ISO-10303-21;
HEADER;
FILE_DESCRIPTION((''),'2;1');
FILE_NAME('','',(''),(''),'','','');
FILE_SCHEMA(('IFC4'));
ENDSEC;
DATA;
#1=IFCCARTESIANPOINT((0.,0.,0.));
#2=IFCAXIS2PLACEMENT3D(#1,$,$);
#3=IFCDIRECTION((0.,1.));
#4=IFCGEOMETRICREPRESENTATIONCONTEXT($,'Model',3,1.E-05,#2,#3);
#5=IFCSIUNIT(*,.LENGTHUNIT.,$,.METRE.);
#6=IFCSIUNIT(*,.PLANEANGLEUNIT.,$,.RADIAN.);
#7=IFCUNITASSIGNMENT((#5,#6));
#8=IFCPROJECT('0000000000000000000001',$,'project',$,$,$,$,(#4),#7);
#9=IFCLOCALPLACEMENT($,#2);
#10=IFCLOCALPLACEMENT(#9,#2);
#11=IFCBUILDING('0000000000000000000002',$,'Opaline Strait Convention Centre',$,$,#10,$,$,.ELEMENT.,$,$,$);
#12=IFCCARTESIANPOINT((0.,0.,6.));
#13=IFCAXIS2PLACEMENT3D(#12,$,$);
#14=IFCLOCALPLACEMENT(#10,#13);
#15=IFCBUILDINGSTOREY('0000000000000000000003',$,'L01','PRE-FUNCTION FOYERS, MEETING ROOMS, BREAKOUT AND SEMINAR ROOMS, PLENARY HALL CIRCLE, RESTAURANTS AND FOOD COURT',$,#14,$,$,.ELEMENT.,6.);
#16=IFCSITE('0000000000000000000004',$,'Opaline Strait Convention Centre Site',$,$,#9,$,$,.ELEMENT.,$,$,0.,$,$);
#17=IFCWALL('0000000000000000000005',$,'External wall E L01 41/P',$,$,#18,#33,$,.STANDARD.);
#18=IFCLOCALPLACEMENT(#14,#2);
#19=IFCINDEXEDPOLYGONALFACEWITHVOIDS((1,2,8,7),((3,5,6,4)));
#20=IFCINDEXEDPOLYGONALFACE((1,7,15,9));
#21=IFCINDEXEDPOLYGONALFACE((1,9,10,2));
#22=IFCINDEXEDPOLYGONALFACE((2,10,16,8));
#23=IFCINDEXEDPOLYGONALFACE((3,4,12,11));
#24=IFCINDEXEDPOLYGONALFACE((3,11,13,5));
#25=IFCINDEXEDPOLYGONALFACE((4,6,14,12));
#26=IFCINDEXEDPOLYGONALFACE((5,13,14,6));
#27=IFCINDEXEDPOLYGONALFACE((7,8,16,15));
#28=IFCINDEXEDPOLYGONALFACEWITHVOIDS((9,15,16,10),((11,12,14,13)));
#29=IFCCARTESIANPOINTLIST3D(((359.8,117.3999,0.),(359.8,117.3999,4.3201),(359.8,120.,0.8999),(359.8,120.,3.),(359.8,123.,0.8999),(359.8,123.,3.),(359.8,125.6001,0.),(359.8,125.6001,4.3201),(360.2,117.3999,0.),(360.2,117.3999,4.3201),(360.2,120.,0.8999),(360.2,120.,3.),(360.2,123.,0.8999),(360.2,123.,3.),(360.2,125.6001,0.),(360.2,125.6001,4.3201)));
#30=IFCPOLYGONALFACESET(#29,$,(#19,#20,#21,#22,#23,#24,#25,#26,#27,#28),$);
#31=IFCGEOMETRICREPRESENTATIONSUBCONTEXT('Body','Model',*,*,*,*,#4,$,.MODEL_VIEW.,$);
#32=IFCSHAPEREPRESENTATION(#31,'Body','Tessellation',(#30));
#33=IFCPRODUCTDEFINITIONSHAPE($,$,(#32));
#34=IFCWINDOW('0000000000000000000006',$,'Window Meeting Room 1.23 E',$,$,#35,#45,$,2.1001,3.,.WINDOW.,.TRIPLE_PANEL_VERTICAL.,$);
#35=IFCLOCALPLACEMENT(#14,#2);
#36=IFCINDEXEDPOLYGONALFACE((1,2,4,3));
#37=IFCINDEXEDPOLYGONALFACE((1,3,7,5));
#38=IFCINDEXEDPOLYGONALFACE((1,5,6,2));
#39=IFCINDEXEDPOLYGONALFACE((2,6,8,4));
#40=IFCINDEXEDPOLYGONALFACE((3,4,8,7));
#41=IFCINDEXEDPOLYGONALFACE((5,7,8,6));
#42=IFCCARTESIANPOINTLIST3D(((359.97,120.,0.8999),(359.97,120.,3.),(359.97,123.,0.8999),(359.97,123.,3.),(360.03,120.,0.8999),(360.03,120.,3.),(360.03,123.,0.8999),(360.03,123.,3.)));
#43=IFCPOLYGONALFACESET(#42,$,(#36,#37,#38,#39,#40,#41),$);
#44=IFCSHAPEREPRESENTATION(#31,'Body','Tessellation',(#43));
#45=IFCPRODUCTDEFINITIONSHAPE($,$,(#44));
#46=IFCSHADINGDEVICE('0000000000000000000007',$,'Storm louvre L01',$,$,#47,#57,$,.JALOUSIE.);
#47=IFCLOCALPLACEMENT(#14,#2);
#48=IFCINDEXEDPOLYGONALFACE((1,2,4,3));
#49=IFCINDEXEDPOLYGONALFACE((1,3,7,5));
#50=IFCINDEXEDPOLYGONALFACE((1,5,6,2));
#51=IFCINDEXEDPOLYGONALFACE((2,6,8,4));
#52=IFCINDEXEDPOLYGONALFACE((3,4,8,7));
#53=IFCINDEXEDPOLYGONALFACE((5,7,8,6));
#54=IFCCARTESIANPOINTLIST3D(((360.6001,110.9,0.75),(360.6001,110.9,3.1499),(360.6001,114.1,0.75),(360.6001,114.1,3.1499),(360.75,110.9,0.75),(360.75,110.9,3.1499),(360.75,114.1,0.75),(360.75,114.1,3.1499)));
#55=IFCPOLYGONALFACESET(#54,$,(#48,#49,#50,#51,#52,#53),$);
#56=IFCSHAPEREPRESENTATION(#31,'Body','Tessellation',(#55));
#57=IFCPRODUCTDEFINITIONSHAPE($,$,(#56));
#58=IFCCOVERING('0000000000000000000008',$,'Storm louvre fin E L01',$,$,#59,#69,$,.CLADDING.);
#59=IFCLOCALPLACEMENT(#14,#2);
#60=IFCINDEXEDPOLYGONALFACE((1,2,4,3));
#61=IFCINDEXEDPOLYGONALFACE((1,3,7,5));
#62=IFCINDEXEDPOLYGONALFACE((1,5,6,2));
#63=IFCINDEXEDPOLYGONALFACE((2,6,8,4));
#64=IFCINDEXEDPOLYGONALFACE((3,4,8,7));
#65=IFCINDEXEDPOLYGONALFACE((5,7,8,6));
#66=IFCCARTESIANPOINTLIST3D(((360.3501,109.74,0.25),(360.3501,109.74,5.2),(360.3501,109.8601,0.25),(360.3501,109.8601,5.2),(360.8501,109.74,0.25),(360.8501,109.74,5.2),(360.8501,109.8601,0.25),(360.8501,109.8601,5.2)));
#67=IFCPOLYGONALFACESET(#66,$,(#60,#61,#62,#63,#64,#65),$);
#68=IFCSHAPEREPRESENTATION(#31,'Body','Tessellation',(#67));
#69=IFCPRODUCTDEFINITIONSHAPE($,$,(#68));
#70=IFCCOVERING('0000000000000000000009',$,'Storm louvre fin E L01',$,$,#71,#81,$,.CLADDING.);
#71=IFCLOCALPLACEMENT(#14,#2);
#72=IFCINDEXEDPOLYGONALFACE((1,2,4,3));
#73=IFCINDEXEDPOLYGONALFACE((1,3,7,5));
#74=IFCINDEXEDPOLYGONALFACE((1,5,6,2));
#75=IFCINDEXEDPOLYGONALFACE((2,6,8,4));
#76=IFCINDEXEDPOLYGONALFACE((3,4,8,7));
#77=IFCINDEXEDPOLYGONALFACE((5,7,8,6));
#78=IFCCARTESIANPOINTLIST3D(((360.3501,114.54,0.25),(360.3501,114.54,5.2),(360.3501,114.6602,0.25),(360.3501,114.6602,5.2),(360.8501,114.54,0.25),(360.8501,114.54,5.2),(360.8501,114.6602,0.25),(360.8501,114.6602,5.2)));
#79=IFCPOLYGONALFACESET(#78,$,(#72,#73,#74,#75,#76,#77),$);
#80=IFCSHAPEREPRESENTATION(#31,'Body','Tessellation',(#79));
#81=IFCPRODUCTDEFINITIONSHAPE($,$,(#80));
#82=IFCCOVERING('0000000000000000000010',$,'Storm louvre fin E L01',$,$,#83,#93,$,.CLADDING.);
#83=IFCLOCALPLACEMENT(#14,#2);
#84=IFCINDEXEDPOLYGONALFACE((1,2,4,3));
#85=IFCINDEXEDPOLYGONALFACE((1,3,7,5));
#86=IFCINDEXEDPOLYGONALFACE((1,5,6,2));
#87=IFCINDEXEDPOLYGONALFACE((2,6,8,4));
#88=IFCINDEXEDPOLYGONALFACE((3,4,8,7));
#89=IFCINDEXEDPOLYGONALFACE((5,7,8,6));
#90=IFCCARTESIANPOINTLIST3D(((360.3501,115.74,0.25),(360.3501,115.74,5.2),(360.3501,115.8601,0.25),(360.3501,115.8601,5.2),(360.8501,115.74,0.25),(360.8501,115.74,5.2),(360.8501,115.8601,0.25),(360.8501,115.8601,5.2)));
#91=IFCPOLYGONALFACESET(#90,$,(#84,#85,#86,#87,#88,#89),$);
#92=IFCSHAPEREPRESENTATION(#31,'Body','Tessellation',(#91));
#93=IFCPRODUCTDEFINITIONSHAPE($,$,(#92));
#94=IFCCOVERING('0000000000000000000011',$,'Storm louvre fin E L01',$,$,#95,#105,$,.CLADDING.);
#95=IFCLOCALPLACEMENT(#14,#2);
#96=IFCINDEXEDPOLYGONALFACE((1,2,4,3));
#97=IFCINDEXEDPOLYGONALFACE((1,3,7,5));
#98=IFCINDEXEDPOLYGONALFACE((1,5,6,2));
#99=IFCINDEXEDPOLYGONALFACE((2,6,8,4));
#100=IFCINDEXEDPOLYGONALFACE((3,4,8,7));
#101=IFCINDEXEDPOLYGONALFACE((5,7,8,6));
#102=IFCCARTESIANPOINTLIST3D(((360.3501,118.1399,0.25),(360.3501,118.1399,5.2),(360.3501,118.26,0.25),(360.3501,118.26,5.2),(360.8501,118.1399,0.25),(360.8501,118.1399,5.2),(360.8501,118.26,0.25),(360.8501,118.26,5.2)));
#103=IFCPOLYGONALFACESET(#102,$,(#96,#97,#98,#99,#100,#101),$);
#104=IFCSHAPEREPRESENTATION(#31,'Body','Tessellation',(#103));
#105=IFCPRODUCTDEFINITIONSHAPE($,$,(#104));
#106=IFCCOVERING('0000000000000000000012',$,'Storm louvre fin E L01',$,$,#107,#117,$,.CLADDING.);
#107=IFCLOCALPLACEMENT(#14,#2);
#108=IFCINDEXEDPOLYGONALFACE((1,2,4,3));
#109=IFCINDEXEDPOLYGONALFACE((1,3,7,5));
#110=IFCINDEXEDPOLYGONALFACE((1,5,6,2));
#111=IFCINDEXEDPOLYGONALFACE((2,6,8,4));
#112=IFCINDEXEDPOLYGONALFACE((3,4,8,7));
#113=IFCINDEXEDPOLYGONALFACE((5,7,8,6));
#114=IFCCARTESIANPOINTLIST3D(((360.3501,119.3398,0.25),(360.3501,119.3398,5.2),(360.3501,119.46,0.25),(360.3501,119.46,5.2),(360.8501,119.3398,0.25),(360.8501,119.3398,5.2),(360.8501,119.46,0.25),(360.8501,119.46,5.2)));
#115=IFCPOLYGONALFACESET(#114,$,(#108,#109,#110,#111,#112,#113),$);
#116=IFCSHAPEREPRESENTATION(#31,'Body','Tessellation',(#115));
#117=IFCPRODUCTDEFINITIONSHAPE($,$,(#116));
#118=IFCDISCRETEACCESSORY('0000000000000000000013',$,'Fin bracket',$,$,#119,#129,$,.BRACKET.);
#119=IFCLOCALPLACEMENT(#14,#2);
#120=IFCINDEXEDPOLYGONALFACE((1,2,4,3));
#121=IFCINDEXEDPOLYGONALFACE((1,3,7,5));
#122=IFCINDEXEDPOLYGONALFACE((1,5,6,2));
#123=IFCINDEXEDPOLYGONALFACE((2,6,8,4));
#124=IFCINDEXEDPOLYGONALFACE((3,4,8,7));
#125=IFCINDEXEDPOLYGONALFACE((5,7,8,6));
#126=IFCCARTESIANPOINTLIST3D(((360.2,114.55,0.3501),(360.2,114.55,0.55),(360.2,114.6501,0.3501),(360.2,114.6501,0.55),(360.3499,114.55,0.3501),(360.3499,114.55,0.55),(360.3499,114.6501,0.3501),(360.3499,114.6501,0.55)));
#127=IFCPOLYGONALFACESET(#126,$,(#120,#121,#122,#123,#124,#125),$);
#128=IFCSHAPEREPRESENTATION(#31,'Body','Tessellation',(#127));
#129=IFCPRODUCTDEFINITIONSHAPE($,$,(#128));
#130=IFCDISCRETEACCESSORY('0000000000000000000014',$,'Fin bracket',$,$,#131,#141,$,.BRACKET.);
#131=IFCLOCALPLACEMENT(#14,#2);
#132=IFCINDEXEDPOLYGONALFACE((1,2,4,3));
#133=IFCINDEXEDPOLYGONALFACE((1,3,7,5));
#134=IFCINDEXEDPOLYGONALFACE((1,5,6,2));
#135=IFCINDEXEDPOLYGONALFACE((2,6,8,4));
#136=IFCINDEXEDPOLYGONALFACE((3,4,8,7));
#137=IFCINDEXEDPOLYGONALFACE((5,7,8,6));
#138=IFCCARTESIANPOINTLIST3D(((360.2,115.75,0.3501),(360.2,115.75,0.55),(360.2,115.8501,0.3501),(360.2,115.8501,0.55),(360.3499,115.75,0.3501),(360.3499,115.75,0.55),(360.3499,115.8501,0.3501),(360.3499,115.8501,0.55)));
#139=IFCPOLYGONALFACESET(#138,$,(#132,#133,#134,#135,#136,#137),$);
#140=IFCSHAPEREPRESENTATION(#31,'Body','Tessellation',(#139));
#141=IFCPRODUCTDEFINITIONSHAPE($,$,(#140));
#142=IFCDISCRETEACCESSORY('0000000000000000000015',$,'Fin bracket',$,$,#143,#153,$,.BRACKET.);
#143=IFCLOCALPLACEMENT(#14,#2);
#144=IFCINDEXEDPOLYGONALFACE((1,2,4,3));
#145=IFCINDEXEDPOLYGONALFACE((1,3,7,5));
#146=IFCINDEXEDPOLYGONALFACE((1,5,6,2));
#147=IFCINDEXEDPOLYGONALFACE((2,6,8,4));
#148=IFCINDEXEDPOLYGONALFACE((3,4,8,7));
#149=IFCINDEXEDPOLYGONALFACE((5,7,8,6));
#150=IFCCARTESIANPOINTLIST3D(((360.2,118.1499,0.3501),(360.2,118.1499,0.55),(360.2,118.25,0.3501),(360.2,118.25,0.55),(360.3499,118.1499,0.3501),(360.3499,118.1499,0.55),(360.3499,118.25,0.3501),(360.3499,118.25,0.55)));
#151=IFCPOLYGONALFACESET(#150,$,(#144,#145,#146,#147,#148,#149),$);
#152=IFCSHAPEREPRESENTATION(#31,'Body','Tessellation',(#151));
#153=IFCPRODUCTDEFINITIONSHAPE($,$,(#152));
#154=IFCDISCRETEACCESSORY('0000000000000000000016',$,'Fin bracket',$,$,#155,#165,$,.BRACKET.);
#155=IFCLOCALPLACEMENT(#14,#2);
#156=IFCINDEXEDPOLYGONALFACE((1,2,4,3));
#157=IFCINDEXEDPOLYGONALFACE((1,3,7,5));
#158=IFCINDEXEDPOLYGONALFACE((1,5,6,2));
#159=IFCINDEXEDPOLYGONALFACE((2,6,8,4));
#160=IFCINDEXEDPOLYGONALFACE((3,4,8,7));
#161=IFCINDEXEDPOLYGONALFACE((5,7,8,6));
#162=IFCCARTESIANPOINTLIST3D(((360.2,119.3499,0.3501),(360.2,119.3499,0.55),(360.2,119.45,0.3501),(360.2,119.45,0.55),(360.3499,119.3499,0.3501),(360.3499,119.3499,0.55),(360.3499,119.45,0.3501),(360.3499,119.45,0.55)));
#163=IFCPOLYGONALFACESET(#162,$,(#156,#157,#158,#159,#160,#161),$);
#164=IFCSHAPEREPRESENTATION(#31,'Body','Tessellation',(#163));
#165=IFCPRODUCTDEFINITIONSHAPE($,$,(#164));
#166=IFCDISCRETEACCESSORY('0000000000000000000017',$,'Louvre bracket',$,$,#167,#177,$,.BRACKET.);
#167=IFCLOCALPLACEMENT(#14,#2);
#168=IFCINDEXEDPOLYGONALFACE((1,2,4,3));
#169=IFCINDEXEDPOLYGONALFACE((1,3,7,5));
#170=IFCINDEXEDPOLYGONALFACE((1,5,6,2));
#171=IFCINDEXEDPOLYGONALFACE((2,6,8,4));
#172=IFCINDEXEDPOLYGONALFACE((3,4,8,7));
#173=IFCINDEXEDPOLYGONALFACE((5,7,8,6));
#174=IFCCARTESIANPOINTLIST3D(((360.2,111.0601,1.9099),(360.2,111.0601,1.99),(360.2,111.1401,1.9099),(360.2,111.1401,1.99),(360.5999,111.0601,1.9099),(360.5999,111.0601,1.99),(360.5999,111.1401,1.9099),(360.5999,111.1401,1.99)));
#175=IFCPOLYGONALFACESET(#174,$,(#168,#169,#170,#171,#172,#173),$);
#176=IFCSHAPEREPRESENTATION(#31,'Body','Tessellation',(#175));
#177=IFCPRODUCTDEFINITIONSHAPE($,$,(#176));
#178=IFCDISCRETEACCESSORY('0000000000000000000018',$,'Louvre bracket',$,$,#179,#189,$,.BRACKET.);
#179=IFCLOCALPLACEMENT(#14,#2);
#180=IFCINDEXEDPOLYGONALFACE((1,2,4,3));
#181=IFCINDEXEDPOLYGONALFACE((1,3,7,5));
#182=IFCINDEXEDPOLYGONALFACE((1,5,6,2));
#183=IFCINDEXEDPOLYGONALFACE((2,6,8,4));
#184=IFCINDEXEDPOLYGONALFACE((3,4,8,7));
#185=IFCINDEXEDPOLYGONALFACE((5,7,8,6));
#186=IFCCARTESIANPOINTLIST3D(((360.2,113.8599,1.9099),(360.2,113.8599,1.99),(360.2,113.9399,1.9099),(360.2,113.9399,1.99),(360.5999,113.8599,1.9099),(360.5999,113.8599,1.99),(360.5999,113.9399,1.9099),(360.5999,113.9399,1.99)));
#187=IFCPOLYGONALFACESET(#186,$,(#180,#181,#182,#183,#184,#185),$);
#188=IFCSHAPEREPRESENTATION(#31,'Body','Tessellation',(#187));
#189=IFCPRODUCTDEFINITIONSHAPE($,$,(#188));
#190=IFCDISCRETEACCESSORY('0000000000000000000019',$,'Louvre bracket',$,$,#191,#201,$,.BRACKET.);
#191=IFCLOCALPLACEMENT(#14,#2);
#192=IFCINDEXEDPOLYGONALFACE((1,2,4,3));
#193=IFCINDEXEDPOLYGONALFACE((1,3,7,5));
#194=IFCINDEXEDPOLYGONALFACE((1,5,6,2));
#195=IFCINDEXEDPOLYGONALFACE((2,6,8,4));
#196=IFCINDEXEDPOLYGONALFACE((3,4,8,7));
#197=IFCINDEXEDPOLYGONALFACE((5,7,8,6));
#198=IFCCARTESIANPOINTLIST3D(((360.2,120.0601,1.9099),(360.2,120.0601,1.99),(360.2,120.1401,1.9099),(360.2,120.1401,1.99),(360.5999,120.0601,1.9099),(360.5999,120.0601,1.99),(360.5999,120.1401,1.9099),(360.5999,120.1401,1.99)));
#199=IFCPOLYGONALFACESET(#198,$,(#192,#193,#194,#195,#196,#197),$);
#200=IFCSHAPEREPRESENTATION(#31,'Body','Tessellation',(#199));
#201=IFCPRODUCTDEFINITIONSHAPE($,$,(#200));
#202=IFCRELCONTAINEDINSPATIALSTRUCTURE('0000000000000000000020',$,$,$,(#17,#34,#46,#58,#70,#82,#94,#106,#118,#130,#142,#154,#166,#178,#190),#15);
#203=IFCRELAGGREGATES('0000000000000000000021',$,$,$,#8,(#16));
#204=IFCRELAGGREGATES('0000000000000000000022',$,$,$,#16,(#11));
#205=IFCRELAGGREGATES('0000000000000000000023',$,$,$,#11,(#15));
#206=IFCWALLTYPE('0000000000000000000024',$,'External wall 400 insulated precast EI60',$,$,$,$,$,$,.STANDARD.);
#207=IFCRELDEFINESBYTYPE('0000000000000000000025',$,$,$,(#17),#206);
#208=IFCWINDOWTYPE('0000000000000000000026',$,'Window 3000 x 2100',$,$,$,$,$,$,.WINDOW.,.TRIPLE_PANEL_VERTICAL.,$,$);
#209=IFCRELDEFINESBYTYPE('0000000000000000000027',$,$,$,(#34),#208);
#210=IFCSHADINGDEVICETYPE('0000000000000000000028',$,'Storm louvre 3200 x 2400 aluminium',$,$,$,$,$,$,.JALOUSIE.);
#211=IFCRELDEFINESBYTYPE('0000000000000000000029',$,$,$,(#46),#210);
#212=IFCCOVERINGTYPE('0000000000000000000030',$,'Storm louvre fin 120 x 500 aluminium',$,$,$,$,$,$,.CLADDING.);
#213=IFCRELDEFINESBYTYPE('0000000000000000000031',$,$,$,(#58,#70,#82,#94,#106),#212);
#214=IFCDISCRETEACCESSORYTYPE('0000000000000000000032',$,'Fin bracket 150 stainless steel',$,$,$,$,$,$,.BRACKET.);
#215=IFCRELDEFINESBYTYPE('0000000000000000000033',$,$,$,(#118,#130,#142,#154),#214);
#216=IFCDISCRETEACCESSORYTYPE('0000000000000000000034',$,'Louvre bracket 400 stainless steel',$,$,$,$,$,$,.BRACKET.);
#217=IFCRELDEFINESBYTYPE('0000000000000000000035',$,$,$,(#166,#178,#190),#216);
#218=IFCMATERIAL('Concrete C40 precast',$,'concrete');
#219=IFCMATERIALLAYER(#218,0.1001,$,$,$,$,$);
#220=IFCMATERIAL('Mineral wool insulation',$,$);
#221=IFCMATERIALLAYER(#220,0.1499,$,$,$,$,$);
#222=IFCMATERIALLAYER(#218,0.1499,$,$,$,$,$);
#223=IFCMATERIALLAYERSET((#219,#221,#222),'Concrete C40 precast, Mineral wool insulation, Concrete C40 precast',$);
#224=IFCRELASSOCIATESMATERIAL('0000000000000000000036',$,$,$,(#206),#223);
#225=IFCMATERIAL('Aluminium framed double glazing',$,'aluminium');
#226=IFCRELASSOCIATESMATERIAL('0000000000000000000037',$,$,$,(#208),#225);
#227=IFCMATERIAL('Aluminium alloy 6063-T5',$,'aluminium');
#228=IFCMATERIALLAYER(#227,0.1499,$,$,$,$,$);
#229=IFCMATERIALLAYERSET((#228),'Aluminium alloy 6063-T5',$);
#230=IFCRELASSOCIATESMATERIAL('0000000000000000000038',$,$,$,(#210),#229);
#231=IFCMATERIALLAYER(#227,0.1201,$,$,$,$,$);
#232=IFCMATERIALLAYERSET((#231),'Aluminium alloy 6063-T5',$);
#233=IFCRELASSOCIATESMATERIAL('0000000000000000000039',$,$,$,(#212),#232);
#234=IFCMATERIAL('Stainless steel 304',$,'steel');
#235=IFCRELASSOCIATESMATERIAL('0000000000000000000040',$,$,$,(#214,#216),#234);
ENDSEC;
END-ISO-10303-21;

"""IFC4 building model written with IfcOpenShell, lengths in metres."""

from ifc_helpers import new_model, si_unit, direction, frame, frame_2d, origin, origin_2d, place, context, subcontext, project, spatial, rectangle, extrude, material, layer, layer_set, type_object, element, fill, save


model = new_model("IFC4")

# Units and contexts
model_context = context("Model", 3, precision=1e-05, world=origin(), true_north=direction((0.0, 1.0)))
body_context = subcontext(model_context, "Body", "Model", "MODEL_VIEW")
ifc_project = project(units=[si_unit("LENGTHUNIT", "METRE"), si_unit("PLANEANGLEUNIT", "RADIAN")], contexts=[model_context])

# Site, building, storey
site_placement = place(None, origin())
site = spatial("IfcSite", under=ifc_project, at=site_placement, Name="Opaline Strait Convention Centre Site", CompositionType="ELEMENT", RefElevation=0.0)
building_placement = place(site_placement, origin())
building = spatial("IfcBuilding", under=site, at=building_placement, Name="Opaline Strait Convention Centre", CompositionType="ELEMENT")
storey_placement = place(building_placement, frame((0.0, 0.0, 6.0)))
storey = spatial("IfcBuildingStorey", under=building, at=storey_placement, Name="L01", Description="PRE-FUNCTION FOYERS, MEETING ROOMS, BREAKOUT AND SEMINAR ROOMS, PLENARY HALL CIRCLE, RESTAURANTS AND FOOD COURT", CompositionType="ELEMENT", Elevation=6.0)

# Wall, opening, window
ifc_material_1 = material(Name="Concrete C40 precast", Category="concrete")
ifc_layer_1 = layer(ifc_material_1, 0.1001)
ifc_material_2 = material(Name="Mineral wool insulation")
ifc_layer_2 = layer(ifc_material_2, 0.1499)
ifc_layer_3 = layer(ifc_material_1, 0.1499)
ifc_layer_set_1 = layer_set([ifc_layer_1, ifc_layer_2, ifc_layer_3], Name="Concrete C40 precast, Mineral wool insulation, Concrete C40 precast")
wall_type_1 = type_object("IfcWallType", Name="External wall 400 insulated precast EI60", PredefinedType="STANDARD", material=ifc_layer_set_1)
wall_1_placement = place(storey_placement, frame((360.0, 117.3999, 0.0), z_axis=(0.0, 0.0, 1.0), x_axis=(0.0, 1.0, 0.0)))
wall_1 = element("IfcWall", 1, at=wall_1_placement, inside=storey, type_object=wall_type_1, Name="External wall E L01 41/P", PredefinedType="STANDARD", context=body_context, shape_type="SweptSolid", body=[
    extrude(rectangle(XDim=8.2002, YDim=0.3999, at=frame_2d((4.1001, 0.0))), origin(), (0.0, 0.0, 1.0), 4.3201),
])
opening_1_placement = place(wall_1_placement, frame((2.6001, 0.0, 0.8999)))
opening_1 = element("IfcOpeningElement", 2, at=opening_1_placement, cuts=wall_1, PredefinedType="OPENING", context=body_context, shape_type="SweptSolid", body=[
    extrude(rectangle(XDim=3.0, YDim=2.1001, at=frame_2d((1.5, 1.05))), frame((0.0, 0.21, 0.0), z_axis=(0.0, -1.0, 0.0), x_axis=(1.0, 0.0, 0.0)), (0.0, 0.0, 1.0), 0.4199),
])
ifc_material_3 = material(Name="Aluminium framed double glazing", Category="aluminium")
window_type = type_object("IfcWindowType", Name="Window 3000 x 2100", PartitioningType="TRIPLE_PANEL_VERTICAL", PredefinedType="WINDOW", material=ifc_material_3)
window_placement = place(opening_1_placement, origin())
window = element("IfcWindow", 3, at=window_placement, inside=storey, type_object=window_type, Name="Window Meeting Room 1.23 E", OverallHeight=2.1001, OverallWidth=3.0, PartitioningType="TRIPLE_PANEL_VERTICAL", PredefinedType="WINDOW", context=body_context, shape_type="SweptSolid", body=[
    extrude(rectangle(XDim=3.0, YDim=2.1001, at=frame_2d((1.5, 1.05))), frame((0.0, 0.03, 0.0), z_axis=(0.0, -1.0, 0.0), x_axis=(1.0, 0.0, 0.0)), (0.0, 0.0, 1.0), 0.0601),
])
fill(opening_1, window)

# Shading device
ifc_material_4 = material(Name="Aluminium alloy 6063-T5", Category="aluminium")
ifc_layer_4 = layer(ifc_material_4, 0.1499)
ifc_layer_set_2 = layer_set([ifc_layer_4], Name="Aluminium alloy 6063-T5")
shading_device_type = type_object("IfcShadingDeviceType", Name="Storm louvre 3200 x 2400 aluminium", PredefinedType="JALOUSIE", material=ifc_layer_set_2)
shading_device_placement = place(storey_placement, frame((360.675, 112.5, 0.75), z_axis=(0.0, 0.0, 1.0), x_axis=(1.0, 0.0, 0.0)))
element("IfcShadingDevice", 4, at=shading_device_placement, inside=storey, type_object=shading_device_type, Name="Storm louvre L01", PredefinedType="JALOUSIE", context=body_context, shape_type="SweptSolid", body=[
    extrude(rectangle(XDim=0.1499, YDim=3.2, at=origin_2d()), origin(), (0.0, 0.0, 1.0), 2.3999),
])

# Coverings
ifc_layer_5 = layer(ifc_material_4, 0.1201)
ifc_layer_set_3 = layer_set([ifc_layer_5], Name="Aluminium alloy 6063-T5")
covering_type = type_object("IfcCoveringType", Name="Storm louvre fin 120 x 500 aluminium", PredefinedType="CLADDING", material=ifc_layer_set_3)
for number, where, z_axis, x_axis, name in (
    (5, (360.6001, 109.8, 0.25), (0.0, 0.0, 1.0), (1.0, 0.0, 0.0), "Storm louvre fin E L01"),
    (6, (360.6001, 114.6001, 0.25), (0.0, 0.0, 1.0), (1.0, 0.0, 0.0), "Storm louvre fin E L01"),
    (7, (360.6001, 115.8, 0.25), (0.0, 0.0, 1.0), (1.0, 0.0, 0.0), "Storm louvre fin E L01"),
    (8, (360.6001, 118.2, 0.25), (0.0, 0.0, 1.0), (1.0, 0.0, 0.0), "Storm louvre fin E L01"),
    (9, (360.6001, 119.3999, 0.25), (0.0, 0.0, 1.0), (1.0, 0.0, 0.0), "Storm louvre fin E L01"),
):
    element("IfcCovering", number, at=place(storey_placement, frame(where, z_axis=z_axis, x_axis=x_axis)), inside=storey, type_object=covering_type, Name=name, PredefinedType="CLADDING", context=body_context, shape_type="SweptSolid", body=[
        extrude(rectangle(XDim=0.5, YDim=0.1201, at=origin_2d()), origin(), (0.0, 0.0, 1.0), 4.95),
    ])

# Discrete accessories
ifc_material_5 = material(Name="Stainless steel 304", Category="steel")
discrete_accessory_type_1 = type_object("IfcDiscreteAccessoryType", Name="Fin bracket 150 stainless steel", PredefinedType="BRACKET", material=ifc_material_5)
for number, where, z_axis, x_axis, name in (
    (10, (360.2749, 114.6001, 0.3501), (0.0, 0.0, 1.0), (1.0, 0.0, 0.0), "Fin bracket"),
    (11, (360.2749, 115.8, 0.3501), (0.0, 0.0, 1.0), (1.0, 0.0, 0.0), "Fin bracket"),
    (12, (360.2749, 118.2, 0.3501), (0.0, 0.0, 1.0), (1.0, 0.0, 0.0), "Fin bracket"),
    (13, (360.2749, 119.3999, 0.3501), (0.0, 0.0, 1.0), (1.0, 0.0, 0.0), "Fin bracket"),
):
    element("IfcDiscreteAccessory", number, at=place(storey_placement, frame(where, z_axis=z_axis, x_axis=x_axis)), inside=storey, type_object=discrete_accessory_type_1, Name=name, PredefinedType="BRACKET", context=body_context, shape_type="SweptSolid", body=[
        extrude(rectangle(XDim=0.1499, YDim=0.1001, at=origin_2d()), origin(), (0.0, 0.0, 1.0), 0.2),
    ])
discrete_accessory_type_2 = type_object("IfcDiscreteAccessoryType", Name="Louvre bracket 400 stainless steel", PredefinedType="BRACKET", material=ifc_material_5)
for number, where, z_axis, x_axis, name in (
    (14, (360.3999, 111.1001, 1.9099), (0.0, 0.0, 1.0), (1.0, 0.0, 0.0), "Louvre bracket"),
    (15, (360.3999, 113.8999, 1.9099), (0.0, 0.0, 1.0), (1.0, 0.0, 0.0), "Louvre bracket"),
    (16, (360.3999, 120.1001, 1.9099), (0.0, 0.0, 1.0), (1.0, 0.0, 0.0), "Louvre bracket"),
):
    element("IfcDiscreteAccessory", number, at=place(storey_placement, frame(where, z_axis=z_axis, x_axis=x_axis)), inside=storey, type_object=discrete_accessory_type_2, Name=name, PredefinedType="BRACKET", context=body_context, shape_type="SweptSolid", body=[
        extrude(rectangle(XDim=0.3999, YDim=0.0801, at=origin_2d()), origin(), (0.0, 0.0, 1.0), 0.0801),
    ])

save(model, "model.ifc")
